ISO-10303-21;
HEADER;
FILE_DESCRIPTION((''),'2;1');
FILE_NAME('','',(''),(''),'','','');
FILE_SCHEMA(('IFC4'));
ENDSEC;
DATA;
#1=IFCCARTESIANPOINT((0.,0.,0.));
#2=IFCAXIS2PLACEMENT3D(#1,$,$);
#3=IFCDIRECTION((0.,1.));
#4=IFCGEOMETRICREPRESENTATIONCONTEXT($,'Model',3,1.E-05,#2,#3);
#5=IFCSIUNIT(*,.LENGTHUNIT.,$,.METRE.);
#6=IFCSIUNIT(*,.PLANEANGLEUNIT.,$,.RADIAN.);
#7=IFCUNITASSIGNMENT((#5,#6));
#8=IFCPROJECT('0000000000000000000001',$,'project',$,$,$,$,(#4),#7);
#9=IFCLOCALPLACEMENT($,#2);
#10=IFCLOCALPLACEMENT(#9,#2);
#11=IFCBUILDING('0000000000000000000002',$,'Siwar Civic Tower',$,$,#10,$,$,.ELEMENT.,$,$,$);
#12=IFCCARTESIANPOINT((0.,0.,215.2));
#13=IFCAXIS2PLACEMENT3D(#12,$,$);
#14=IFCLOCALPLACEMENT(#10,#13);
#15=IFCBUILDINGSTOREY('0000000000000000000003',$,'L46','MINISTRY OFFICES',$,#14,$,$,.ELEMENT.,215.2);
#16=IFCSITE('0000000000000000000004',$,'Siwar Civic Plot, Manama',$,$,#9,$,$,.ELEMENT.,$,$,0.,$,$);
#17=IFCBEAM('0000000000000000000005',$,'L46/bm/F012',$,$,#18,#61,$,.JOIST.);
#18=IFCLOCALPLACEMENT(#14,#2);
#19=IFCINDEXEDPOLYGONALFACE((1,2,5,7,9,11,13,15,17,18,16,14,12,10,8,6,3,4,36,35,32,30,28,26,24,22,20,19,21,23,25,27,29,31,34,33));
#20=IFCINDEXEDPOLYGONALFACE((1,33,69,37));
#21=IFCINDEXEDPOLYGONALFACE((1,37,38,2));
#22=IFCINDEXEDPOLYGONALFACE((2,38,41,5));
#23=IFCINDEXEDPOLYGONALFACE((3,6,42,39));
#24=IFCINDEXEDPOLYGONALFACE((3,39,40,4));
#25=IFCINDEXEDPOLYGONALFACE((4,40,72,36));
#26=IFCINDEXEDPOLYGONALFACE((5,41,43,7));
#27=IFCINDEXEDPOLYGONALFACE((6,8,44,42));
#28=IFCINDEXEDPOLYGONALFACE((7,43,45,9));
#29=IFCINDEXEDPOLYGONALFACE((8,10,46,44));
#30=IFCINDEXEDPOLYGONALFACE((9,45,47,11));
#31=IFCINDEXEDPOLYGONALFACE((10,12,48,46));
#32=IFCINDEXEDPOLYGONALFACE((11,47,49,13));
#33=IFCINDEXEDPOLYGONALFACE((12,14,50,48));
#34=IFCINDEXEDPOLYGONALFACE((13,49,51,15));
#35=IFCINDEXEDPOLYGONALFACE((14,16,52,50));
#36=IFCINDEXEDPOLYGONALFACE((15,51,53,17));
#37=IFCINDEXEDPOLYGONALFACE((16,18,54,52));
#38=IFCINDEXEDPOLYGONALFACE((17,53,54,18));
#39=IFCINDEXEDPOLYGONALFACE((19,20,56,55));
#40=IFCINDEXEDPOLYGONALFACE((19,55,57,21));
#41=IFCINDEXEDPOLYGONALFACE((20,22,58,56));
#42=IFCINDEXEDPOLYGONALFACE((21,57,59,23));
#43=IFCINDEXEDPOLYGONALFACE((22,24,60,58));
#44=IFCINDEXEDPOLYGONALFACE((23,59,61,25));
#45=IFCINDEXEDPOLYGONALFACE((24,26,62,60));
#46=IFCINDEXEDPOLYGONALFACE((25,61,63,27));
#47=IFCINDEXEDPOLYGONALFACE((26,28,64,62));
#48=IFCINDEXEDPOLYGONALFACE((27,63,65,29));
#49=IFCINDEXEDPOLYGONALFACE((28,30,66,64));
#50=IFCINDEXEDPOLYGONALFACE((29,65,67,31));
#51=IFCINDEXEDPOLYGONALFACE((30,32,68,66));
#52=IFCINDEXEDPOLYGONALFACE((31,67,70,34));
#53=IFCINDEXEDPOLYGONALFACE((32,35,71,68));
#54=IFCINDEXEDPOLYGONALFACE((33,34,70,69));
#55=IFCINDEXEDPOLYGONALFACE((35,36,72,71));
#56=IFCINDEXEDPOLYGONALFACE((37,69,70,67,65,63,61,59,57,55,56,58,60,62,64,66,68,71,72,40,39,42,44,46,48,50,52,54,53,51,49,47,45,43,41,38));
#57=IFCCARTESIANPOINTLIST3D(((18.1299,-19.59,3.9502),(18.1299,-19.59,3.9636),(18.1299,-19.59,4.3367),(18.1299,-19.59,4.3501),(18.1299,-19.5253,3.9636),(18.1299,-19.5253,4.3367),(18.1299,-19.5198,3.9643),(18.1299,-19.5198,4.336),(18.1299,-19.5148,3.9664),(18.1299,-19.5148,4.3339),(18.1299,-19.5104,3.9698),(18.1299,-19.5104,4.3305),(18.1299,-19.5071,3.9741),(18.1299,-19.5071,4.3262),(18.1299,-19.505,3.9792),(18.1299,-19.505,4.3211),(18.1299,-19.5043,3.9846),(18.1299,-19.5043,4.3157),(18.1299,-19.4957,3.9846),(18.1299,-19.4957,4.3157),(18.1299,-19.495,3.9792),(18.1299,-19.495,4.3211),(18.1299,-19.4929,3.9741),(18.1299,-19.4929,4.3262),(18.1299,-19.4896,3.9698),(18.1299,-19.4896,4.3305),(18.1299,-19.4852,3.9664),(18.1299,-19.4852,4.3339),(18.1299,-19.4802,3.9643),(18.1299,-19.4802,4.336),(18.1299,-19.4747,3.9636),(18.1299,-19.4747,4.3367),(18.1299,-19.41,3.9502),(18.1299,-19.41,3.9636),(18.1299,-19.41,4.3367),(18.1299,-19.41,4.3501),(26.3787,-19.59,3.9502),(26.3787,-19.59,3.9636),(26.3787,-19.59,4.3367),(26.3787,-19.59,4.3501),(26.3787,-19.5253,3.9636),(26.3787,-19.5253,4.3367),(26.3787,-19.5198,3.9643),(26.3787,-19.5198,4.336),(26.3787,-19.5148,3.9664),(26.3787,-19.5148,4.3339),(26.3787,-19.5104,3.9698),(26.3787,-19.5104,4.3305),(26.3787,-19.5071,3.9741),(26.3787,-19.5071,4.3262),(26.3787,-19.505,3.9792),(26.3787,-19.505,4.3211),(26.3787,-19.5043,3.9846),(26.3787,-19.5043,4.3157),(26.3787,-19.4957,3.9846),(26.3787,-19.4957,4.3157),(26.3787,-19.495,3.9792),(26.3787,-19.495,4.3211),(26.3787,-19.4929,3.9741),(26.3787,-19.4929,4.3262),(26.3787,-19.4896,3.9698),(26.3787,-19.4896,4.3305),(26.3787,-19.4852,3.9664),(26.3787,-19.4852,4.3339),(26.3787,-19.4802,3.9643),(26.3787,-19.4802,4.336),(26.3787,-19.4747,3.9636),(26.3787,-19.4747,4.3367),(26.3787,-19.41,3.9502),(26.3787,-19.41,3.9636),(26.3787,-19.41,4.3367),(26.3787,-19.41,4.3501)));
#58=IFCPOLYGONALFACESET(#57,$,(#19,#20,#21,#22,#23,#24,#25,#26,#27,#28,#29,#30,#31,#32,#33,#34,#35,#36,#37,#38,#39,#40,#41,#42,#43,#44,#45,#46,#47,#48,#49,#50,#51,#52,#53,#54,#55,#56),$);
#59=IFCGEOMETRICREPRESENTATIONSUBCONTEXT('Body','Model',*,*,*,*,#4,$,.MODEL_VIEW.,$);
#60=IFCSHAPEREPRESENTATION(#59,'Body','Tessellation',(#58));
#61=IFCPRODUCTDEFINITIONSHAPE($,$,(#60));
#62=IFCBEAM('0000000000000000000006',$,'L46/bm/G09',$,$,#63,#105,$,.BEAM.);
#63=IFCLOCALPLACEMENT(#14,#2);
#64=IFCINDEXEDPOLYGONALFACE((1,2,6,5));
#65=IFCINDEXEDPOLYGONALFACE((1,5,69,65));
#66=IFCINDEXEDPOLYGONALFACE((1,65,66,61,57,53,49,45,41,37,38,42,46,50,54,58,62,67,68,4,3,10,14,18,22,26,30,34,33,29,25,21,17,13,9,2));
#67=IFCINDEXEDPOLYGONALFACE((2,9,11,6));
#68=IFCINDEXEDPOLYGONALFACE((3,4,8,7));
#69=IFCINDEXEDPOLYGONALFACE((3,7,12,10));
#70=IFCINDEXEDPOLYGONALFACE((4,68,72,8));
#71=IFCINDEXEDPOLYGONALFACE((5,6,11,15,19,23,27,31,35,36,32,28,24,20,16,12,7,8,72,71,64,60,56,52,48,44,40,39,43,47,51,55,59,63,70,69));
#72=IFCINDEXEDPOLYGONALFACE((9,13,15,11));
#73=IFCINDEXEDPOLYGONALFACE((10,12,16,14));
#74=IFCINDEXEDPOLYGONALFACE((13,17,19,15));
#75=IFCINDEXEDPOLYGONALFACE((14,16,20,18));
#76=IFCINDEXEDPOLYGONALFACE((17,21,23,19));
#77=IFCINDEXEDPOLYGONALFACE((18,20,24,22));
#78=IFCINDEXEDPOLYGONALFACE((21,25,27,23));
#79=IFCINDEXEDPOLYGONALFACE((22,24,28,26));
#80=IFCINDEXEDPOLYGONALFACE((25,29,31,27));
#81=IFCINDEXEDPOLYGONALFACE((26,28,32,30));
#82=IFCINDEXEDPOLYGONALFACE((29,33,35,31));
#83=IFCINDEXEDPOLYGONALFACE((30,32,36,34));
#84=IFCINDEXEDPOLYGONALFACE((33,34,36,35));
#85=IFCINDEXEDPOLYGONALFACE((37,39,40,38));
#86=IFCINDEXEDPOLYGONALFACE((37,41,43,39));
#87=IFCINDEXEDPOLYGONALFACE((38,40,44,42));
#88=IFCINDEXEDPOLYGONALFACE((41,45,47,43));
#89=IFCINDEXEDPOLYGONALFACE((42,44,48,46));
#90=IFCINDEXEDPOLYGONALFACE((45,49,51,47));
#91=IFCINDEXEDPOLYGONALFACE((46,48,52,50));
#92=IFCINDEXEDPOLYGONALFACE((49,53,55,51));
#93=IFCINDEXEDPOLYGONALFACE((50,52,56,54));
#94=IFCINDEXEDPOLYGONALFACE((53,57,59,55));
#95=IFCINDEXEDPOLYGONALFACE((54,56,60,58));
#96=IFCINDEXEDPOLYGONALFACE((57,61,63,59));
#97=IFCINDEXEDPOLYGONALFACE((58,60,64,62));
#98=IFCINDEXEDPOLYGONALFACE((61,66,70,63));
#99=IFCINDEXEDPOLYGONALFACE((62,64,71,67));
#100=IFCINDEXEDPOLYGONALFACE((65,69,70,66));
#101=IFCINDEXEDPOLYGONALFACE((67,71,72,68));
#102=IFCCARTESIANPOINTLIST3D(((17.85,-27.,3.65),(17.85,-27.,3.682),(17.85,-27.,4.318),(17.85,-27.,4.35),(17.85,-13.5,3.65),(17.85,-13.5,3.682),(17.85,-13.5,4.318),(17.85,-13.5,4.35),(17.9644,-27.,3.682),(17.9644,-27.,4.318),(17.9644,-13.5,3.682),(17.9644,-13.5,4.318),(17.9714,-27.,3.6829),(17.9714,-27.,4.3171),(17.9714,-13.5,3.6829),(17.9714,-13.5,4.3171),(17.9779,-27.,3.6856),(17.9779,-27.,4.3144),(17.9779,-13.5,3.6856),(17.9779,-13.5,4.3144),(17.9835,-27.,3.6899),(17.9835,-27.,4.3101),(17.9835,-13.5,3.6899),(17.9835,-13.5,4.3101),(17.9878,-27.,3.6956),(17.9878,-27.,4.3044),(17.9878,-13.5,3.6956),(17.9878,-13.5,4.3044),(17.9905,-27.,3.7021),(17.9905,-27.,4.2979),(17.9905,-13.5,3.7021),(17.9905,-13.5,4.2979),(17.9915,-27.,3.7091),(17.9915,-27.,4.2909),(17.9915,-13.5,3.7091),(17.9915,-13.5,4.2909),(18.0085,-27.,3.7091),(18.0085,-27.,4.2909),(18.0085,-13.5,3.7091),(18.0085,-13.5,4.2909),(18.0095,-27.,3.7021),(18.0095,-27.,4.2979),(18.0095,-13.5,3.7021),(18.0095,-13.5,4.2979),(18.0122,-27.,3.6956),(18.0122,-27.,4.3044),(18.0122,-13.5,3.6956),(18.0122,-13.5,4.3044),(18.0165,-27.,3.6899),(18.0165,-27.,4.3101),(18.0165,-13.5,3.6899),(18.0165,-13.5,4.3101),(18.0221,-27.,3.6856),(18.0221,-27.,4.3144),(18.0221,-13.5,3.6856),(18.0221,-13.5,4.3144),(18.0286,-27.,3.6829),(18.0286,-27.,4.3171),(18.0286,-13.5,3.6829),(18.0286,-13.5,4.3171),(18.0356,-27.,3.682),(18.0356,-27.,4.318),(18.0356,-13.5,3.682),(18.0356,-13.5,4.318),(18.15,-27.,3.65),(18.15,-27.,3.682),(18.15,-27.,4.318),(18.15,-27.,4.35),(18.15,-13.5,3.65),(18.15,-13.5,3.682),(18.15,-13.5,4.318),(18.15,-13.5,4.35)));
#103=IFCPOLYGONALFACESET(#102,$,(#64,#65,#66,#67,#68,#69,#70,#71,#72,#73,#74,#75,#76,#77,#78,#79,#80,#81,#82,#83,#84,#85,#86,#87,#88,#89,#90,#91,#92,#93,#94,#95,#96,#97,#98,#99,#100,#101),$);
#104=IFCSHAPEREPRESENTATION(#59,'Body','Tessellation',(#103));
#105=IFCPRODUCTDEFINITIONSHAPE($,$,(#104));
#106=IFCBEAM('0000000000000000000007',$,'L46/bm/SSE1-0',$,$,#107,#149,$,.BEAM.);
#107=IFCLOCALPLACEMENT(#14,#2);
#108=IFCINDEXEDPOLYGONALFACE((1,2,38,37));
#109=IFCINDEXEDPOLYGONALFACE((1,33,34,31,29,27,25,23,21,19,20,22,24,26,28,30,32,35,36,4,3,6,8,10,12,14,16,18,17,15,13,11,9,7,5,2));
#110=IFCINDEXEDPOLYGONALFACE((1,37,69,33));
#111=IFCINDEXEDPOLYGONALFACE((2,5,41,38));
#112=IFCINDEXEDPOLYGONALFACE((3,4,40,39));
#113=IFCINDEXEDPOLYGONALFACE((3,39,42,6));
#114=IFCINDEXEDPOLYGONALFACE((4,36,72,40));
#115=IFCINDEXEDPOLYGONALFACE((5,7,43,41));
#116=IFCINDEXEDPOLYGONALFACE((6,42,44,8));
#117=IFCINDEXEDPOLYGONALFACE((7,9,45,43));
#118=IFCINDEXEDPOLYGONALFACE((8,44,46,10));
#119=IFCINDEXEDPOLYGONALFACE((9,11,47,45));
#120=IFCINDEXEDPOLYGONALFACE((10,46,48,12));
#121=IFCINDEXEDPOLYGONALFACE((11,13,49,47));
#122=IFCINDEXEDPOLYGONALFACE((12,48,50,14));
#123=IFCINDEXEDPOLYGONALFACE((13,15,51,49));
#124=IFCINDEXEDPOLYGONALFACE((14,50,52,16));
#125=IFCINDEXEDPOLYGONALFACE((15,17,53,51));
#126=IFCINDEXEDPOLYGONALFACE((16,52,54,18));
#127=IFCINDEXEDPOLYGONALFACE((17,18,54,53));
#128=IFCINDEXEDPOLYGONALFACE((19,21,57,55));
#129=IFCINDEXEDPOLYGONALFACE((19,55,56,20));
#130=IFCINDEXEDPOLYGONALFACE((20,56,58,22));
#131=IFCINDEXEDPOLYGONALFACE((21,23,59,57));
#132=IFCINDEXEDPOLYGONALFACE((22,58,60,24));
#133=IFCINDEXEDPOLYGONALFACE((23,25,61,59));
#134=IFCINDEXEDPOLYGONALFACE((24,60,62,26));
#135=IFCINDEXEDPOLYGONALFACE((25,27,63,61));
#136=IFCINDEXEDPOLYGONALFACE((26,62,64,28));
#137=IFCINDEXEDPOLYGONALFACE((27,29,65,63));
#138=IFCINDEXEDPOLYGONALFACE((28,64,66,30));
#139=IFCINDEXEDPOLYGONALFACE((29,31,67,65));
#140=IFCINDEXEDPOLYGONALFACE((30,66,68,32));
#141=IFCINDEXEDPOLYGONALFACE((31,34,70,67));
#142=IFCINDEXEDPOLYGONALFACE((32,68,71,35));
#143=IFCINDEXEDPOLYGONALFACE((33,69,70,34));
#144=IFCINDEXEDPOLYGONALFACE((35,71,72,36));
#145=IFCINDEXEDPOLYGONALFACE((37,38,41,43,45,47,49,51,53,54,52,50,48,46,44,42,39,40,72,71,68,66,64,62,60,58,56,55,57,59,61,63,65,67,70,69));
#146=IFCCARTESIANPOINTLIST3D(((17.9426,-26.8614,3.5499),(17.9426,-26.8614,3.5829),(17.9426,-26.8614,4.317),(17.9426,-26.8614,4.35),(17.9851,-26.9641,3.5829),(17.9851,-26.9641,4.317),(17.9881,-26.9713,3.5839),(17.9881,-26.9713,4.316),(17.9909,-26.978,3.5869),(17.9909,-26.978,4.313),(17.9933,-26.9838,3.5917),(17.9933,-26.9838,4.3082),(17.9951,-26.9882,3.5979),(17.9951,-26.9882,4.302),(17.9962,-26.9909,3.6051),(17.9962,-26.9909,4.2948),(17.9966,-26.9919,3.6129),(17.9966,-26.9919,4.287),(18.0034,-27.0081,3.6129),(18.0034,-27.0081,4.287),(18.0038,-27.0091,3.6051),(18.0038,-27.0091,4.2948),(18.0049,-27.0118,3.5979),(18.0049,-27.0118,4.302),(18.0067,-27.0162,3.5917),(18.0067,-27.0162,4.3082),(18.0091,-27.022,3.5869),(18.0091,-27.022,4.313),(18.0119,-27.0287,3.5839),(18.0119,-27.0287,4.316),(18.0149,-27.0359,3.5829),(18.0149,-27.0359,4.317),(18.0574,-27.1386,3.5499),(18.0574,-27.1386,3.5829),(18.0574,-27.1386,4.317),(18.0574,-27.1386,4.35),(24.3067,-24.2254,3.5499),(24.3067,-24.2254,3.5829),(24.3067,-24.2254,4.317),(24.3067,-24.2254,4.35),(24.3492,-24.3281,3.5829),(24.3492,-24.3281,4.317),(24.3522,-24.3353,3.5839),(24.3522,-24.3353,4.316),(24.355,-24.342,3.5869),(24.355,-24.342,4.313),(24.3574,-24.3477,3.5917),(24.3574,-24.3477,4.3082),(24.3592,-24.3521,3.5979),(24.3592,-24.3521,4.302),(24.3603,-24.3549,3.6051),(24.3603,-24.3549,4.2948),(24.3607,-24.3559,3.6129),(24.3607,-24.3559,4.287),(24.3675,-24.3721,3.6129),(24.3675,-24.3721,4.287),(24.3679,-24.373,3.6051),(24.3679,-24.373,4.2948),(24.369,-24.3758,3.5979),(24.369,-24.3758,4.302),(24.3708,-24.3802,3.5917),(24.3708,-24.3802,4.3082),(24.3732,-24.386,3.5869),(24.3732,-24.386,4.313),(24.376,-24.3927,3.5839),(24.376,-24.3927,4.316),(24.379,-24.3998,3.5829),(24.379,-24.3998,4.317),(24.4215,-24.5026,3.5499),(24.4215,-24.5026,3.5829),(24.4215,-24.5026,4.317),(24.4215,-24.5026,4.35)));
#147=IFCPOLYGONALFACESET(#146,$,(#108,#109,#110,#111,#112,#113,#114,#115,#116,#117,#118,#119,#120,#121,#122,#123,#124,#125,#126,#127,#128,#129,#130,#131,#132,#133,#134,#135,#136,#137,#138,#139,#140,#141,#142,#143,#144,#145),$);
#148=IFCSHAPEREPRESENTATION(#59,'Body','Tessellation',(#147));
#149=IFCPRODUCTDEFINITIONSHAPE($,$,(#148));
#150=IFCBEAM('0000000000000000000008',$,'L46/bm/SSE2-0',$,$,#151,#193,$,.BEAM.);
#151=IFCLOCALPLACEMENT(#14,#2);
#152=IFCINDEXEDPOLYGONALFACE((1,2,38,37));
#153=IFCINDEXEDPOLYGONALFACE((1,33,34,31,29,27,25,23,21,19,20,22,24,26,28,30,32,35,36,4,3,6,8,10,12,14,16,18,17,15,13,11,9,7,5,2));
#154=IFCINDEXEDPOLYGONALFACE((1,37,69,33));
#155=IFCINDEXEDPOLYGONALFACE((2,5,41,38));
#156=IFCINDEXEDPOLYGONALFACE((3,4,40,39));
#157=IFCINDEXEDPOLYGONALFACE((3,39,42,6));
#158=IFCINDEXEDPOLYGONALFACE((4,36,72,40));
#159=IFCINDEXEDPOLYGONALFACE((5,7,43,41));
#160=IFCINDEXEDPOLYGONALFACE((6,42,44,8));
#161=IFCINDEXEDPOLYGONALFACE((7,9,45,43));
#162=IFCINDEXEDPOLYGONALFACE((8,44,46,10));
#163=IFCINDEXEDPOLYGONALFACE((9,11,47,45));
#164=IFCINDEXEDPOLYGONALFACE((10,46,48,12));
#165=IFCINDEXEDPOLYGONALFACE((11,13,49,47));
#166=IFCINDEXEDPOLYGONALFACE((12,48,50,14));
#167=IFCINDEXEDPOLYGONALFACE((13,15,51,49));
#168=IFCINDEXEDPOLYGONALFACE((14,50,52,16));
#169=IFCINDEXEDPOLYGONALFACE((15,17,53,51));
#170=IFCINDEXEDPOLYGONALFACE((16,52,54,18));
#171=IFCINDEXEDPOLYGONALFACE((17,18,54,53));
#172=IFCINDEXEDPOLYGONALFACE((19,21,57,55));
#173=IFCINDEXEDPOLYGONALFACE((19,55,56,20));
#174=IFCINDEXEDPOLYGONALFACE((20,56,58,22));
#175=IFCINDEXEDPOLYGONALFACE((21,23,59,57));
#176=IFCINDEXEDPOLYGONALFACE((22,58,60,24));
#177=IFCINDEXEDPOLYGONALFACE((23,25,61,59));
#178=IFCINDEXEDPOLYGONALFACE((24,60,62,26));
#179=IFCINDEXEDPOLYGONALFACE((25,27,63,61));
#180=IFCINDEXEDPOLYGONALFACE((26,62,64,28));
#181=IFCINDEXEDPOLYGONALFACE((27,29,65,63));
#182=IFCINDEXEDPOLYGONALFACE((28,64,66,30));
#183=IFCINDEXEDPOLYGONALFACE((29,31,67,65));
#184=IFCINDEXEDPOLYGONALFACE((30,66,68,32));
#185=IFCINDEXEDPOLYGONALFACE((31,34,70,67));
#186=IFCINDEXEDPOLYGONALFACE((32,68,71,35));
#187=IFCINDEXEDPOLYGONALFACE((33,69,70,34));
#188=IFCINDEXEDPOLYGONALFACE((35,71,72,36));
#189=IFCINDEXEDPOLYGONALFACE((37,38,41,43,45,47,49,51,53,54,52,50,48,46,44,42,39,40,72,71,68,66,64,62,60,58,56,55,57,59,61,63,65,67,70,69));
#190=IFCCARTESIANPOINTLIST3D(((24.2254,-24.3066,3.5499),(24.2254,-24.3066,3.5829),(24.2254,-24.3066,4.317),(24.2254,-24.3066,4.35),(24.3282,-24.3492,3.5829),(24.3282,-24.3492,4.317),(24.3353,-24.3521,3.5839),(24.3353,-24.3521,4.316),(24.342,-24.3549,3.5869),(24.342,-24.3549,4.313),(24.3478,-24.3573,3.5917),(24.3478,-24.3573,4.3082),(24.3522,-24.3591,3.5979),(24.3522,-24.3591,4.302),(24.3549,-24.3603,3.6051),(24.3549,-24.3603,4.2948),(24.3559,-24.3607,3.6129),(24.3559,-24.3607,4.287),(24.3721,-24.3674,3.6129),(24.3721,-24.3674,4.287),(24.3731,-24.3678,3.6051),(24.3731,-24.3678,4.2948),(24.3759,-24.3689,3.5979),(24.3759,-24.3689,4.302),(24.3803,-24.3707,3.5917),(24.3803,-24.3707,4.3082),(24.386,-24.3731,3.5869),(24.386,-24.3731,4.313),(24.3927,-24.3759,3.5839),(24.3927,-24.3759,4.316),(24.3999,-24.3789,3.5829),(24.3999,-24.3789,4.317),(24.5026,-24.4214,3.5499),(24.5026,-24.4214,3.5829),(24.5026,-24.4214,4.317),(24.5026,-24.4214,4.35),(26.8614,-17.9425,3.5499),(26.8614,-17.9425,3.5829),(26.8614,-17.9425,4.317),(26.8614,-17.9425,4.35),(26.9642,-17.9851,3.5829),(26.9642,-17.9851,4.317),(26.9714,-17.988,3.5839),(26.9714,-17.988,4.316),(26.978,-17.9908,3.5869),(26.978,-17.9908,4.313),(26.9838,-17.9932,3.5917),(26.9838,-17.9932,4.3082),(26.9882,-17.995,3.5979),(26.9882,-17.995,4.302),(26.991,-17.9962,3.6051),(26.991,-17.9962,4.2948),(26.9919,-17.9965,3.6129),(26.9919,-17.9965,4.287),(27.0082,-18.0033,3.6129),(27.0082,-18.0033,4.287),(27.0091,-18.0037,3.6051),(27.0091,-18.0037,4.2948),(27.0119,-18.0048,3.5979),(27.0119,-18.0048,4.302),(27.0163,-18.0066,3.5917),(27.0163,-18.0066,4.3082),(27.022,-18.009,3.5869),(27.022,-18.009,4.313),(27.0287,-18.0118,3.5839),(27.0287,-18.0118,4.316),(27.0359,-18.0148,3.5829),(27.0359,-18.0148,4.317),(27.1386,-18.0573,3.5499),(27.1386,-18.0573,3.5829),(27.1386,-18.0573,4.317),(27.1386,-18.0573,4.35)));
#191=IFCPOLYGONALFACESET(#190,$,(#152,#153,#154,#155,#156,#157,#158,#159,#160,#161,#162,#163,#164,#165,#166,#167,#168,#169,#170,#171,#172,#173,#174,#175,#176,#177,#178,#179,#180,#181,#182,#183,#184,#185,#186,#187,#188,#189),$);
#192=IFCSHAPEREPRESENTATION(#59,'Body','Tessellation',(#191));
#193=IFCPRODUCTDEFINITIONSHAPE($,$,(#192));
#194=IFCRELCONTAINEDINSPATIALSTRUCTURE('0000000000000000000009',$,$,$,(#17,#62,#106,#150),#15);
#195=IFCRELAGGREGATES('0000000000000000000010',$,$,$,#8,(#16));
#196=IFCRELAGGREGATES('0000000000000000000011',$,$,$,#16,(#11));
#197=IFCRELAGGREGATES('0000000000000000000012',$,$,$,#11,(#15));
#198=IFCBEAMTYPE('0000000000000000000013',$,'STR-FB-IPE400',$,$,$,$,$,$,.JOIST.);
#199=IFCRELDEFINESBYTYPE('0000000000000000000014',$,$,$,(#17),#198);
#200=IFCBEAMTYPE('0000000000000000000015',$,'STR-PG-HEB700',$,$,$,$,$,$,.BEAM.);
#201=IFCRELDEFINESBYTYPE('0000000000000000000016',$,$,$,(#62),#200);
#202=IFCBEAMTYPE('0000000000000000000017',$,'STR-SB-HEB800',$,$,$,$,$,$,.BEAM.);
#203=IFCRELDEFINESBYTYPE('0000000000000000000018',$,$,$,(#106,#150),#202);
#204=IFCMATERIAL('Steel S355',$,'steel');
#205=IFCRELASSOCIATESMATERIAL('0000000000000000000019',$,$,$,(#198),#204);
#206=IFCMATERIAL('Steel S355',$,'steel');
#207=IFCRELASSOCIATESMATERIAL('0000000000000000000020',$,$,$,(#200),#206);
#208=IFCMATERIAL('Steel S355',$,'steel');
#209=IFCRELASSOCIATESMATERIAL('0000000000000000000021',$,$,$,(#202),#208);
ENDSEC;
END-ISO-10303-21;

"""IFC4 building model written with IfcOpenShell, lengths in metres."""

from ifc_helpers import new_model, si_unit, direction, frame, origin, origin_2d, place, context, subcontext, project, spatial, i_section, extrude, material, material_profile, profile_set, type_object, element, save


model = new_model("IFC4")

# Units and contexts
model_context = context("Model", 3, precision=1e-05, world=origin(), true_north=direction((0.0, 1.0)))
body_context = subcontext(model_context, "Body", "Model", "MODEL_VIEW")
ifc_project = project(units=[si_unit("LENGTHUNIT", "METRE"), si_unit("PLANEANGLEUNIT", "RADIAN")], contexts=[model_context])

# Site, building, storey
site_placement = place(None, origin())
site = spatial("IfcSite", under=ifc_project, at=site_placement, Name="Siwar Civic Plot, Manama", CompositionType="ELEMENT", RefElevation=0.0)
building_placement = place(site_placement, origin())
building = spatial("IfcBuilding", under=site, at=building_placement, Name="Siwar Civic Tower", CompositionType="ELEMENT")
storey_placement = place(building_placement, frame((0.0, 0.0, 215.2)))
storey = spatial("IfcBuildingStorey", under=building, at=storey_placement, Name="L46", Description="MINISTRY OFFICES", CompositionType="ELEMENT", Elevation=215.2)

# Beams
ifc_material_1 = material(Name="Steel S355", Category="steel")
ifc_material_profile_1 = material_profile(ifc_material_1, i_section(OverallWidth=0.1799, OverallDepth=0.3999, WebThickness=0.0085, FlangeThickness=0.0134, FilletRadius=0.021, at=origin_2d()), Name="IPE400")
ifc_profile_set_1 = profile_set([ifc_material_profile_1], Name="Steel S355")
beam_type_1 = type_object("IfcBeamType", Name="STR-FB-IPE400", PredefinedType="JOIST", material=ifc_profile_set_1)
beam_1_placement = place(storey_placement, frame((18.1299, -19.5, 4.1501), z_axis=(1.0, 0.0, 0.0), x_axis=(0.0, 1.0, 0.0)))
element("IfcBeam", 1, at=beam_1_placement, inside=storey, type_object=beam_type_1, Name="L46/bm/F012", PredefinedType="JOIST", context=body_context, shape_type="SweptSolid", body=[
    extrude(i_section(OverallWidth=0.1799, OverallDepth=0.3999, WebThickness=0.0085, FlangeThickness=0.0134, FilletRadius=0.021, at=origin_2d()), origin(), (0.0, 0.0, 1.0), 8.2488),
])
ifc_material_2 = material(Name="Steel S355", Category="steel")
ifc_material_profile_2 = material_profile(ifc_material_2, i_section(OverallWidth=0.3, OverallDepth=0.7, WebThickness=0.0171, FlangeThickness=0.032, FilletRadius=0.0271, at=origin_2d()), Name="HEB700")
ifc_profile_set_2 = profile_set([ifc_material_profile_2], Name="Steel S355")
beam_type_2 = type_object("IfcBeamType", Name="STR-PG-HEB700", PredefinedType="BEAM", material=ifc_profile_set_2)
beam_2_placement = place(storey_placement, frame((18.0, -27.0, 4.0), z_axis=(0.0, 1.0, 0.0), x_axis=(-1.0, 0.0, 0.0)))
element("IfcBeam", 2, at=beam_2_placement, inside=storey, type_object=beam_type_2, Name="L46/bm/G09", PredefinedType="BEAM", context=body_context, shape_type="SweptSolid", body=[
    extrude(i_section(OverallWidth=0.3, OverallDepth=0.7, WebThickness=0.0171, FlangeThickness=0.032, FilletRadius=0.0271, at=origin_2d()), origin(), (0.0, 0.0, 1.0), 13.5),
])
ifc_material_3 = material(Name="Steel S355", Category="steel")
ifc_material_profile_3 = material_profile(ifc_material_3, i_section(OverallWidth=0.3, OverallDepth=0.8, WebThickness=0.0176, FlangeThickness=0.033, FilletRadius=0.03, at=origin_2d()), Name="HEB800")
ifc_profile_set_3 = profile_set([ifc_material_profile_3], Name="Steel S355")
beam_type_3 = type_object("IfcBeamType", Name="STR-SB-HEB800", PredefinedType="BEAM", material=ifc_profile_set_3)
for number, where, z_axis, x_axis, name in (
    (3, (18.0, -27.0, 3.95), (0.923883, 0.382674, 0.0), (-0.382674, 0.923883, 0.0), "L46/bm/SSE1-0"),
    (4, (24.364, -24.364, 3.95), (0.382674, 0.923883, 0.0), (-0.923883, 0.382674, 0.0), "L46/bm/SSE2-0"),
):
    element("IfcBeam", number, at=place(storey_placement, frame(where, z_axis=z_axis, x_axis=x_axis)), inside=storey, type_object=beam_type_3, Name=name, PredefinedType="BEAM", context=body_context, shape_type="SweptSolid", body=[
        extrude(i_section(OverallWidth=0.3, OverallDepth=0.8, WebThickness=0.0176, FlangeThickness=0.033, FilletRadius=0.03, at=origin_2d()), origin(), (0.0, 0.0, 1.0), 6.8884),
    ])

save(model, "model.ifc")
